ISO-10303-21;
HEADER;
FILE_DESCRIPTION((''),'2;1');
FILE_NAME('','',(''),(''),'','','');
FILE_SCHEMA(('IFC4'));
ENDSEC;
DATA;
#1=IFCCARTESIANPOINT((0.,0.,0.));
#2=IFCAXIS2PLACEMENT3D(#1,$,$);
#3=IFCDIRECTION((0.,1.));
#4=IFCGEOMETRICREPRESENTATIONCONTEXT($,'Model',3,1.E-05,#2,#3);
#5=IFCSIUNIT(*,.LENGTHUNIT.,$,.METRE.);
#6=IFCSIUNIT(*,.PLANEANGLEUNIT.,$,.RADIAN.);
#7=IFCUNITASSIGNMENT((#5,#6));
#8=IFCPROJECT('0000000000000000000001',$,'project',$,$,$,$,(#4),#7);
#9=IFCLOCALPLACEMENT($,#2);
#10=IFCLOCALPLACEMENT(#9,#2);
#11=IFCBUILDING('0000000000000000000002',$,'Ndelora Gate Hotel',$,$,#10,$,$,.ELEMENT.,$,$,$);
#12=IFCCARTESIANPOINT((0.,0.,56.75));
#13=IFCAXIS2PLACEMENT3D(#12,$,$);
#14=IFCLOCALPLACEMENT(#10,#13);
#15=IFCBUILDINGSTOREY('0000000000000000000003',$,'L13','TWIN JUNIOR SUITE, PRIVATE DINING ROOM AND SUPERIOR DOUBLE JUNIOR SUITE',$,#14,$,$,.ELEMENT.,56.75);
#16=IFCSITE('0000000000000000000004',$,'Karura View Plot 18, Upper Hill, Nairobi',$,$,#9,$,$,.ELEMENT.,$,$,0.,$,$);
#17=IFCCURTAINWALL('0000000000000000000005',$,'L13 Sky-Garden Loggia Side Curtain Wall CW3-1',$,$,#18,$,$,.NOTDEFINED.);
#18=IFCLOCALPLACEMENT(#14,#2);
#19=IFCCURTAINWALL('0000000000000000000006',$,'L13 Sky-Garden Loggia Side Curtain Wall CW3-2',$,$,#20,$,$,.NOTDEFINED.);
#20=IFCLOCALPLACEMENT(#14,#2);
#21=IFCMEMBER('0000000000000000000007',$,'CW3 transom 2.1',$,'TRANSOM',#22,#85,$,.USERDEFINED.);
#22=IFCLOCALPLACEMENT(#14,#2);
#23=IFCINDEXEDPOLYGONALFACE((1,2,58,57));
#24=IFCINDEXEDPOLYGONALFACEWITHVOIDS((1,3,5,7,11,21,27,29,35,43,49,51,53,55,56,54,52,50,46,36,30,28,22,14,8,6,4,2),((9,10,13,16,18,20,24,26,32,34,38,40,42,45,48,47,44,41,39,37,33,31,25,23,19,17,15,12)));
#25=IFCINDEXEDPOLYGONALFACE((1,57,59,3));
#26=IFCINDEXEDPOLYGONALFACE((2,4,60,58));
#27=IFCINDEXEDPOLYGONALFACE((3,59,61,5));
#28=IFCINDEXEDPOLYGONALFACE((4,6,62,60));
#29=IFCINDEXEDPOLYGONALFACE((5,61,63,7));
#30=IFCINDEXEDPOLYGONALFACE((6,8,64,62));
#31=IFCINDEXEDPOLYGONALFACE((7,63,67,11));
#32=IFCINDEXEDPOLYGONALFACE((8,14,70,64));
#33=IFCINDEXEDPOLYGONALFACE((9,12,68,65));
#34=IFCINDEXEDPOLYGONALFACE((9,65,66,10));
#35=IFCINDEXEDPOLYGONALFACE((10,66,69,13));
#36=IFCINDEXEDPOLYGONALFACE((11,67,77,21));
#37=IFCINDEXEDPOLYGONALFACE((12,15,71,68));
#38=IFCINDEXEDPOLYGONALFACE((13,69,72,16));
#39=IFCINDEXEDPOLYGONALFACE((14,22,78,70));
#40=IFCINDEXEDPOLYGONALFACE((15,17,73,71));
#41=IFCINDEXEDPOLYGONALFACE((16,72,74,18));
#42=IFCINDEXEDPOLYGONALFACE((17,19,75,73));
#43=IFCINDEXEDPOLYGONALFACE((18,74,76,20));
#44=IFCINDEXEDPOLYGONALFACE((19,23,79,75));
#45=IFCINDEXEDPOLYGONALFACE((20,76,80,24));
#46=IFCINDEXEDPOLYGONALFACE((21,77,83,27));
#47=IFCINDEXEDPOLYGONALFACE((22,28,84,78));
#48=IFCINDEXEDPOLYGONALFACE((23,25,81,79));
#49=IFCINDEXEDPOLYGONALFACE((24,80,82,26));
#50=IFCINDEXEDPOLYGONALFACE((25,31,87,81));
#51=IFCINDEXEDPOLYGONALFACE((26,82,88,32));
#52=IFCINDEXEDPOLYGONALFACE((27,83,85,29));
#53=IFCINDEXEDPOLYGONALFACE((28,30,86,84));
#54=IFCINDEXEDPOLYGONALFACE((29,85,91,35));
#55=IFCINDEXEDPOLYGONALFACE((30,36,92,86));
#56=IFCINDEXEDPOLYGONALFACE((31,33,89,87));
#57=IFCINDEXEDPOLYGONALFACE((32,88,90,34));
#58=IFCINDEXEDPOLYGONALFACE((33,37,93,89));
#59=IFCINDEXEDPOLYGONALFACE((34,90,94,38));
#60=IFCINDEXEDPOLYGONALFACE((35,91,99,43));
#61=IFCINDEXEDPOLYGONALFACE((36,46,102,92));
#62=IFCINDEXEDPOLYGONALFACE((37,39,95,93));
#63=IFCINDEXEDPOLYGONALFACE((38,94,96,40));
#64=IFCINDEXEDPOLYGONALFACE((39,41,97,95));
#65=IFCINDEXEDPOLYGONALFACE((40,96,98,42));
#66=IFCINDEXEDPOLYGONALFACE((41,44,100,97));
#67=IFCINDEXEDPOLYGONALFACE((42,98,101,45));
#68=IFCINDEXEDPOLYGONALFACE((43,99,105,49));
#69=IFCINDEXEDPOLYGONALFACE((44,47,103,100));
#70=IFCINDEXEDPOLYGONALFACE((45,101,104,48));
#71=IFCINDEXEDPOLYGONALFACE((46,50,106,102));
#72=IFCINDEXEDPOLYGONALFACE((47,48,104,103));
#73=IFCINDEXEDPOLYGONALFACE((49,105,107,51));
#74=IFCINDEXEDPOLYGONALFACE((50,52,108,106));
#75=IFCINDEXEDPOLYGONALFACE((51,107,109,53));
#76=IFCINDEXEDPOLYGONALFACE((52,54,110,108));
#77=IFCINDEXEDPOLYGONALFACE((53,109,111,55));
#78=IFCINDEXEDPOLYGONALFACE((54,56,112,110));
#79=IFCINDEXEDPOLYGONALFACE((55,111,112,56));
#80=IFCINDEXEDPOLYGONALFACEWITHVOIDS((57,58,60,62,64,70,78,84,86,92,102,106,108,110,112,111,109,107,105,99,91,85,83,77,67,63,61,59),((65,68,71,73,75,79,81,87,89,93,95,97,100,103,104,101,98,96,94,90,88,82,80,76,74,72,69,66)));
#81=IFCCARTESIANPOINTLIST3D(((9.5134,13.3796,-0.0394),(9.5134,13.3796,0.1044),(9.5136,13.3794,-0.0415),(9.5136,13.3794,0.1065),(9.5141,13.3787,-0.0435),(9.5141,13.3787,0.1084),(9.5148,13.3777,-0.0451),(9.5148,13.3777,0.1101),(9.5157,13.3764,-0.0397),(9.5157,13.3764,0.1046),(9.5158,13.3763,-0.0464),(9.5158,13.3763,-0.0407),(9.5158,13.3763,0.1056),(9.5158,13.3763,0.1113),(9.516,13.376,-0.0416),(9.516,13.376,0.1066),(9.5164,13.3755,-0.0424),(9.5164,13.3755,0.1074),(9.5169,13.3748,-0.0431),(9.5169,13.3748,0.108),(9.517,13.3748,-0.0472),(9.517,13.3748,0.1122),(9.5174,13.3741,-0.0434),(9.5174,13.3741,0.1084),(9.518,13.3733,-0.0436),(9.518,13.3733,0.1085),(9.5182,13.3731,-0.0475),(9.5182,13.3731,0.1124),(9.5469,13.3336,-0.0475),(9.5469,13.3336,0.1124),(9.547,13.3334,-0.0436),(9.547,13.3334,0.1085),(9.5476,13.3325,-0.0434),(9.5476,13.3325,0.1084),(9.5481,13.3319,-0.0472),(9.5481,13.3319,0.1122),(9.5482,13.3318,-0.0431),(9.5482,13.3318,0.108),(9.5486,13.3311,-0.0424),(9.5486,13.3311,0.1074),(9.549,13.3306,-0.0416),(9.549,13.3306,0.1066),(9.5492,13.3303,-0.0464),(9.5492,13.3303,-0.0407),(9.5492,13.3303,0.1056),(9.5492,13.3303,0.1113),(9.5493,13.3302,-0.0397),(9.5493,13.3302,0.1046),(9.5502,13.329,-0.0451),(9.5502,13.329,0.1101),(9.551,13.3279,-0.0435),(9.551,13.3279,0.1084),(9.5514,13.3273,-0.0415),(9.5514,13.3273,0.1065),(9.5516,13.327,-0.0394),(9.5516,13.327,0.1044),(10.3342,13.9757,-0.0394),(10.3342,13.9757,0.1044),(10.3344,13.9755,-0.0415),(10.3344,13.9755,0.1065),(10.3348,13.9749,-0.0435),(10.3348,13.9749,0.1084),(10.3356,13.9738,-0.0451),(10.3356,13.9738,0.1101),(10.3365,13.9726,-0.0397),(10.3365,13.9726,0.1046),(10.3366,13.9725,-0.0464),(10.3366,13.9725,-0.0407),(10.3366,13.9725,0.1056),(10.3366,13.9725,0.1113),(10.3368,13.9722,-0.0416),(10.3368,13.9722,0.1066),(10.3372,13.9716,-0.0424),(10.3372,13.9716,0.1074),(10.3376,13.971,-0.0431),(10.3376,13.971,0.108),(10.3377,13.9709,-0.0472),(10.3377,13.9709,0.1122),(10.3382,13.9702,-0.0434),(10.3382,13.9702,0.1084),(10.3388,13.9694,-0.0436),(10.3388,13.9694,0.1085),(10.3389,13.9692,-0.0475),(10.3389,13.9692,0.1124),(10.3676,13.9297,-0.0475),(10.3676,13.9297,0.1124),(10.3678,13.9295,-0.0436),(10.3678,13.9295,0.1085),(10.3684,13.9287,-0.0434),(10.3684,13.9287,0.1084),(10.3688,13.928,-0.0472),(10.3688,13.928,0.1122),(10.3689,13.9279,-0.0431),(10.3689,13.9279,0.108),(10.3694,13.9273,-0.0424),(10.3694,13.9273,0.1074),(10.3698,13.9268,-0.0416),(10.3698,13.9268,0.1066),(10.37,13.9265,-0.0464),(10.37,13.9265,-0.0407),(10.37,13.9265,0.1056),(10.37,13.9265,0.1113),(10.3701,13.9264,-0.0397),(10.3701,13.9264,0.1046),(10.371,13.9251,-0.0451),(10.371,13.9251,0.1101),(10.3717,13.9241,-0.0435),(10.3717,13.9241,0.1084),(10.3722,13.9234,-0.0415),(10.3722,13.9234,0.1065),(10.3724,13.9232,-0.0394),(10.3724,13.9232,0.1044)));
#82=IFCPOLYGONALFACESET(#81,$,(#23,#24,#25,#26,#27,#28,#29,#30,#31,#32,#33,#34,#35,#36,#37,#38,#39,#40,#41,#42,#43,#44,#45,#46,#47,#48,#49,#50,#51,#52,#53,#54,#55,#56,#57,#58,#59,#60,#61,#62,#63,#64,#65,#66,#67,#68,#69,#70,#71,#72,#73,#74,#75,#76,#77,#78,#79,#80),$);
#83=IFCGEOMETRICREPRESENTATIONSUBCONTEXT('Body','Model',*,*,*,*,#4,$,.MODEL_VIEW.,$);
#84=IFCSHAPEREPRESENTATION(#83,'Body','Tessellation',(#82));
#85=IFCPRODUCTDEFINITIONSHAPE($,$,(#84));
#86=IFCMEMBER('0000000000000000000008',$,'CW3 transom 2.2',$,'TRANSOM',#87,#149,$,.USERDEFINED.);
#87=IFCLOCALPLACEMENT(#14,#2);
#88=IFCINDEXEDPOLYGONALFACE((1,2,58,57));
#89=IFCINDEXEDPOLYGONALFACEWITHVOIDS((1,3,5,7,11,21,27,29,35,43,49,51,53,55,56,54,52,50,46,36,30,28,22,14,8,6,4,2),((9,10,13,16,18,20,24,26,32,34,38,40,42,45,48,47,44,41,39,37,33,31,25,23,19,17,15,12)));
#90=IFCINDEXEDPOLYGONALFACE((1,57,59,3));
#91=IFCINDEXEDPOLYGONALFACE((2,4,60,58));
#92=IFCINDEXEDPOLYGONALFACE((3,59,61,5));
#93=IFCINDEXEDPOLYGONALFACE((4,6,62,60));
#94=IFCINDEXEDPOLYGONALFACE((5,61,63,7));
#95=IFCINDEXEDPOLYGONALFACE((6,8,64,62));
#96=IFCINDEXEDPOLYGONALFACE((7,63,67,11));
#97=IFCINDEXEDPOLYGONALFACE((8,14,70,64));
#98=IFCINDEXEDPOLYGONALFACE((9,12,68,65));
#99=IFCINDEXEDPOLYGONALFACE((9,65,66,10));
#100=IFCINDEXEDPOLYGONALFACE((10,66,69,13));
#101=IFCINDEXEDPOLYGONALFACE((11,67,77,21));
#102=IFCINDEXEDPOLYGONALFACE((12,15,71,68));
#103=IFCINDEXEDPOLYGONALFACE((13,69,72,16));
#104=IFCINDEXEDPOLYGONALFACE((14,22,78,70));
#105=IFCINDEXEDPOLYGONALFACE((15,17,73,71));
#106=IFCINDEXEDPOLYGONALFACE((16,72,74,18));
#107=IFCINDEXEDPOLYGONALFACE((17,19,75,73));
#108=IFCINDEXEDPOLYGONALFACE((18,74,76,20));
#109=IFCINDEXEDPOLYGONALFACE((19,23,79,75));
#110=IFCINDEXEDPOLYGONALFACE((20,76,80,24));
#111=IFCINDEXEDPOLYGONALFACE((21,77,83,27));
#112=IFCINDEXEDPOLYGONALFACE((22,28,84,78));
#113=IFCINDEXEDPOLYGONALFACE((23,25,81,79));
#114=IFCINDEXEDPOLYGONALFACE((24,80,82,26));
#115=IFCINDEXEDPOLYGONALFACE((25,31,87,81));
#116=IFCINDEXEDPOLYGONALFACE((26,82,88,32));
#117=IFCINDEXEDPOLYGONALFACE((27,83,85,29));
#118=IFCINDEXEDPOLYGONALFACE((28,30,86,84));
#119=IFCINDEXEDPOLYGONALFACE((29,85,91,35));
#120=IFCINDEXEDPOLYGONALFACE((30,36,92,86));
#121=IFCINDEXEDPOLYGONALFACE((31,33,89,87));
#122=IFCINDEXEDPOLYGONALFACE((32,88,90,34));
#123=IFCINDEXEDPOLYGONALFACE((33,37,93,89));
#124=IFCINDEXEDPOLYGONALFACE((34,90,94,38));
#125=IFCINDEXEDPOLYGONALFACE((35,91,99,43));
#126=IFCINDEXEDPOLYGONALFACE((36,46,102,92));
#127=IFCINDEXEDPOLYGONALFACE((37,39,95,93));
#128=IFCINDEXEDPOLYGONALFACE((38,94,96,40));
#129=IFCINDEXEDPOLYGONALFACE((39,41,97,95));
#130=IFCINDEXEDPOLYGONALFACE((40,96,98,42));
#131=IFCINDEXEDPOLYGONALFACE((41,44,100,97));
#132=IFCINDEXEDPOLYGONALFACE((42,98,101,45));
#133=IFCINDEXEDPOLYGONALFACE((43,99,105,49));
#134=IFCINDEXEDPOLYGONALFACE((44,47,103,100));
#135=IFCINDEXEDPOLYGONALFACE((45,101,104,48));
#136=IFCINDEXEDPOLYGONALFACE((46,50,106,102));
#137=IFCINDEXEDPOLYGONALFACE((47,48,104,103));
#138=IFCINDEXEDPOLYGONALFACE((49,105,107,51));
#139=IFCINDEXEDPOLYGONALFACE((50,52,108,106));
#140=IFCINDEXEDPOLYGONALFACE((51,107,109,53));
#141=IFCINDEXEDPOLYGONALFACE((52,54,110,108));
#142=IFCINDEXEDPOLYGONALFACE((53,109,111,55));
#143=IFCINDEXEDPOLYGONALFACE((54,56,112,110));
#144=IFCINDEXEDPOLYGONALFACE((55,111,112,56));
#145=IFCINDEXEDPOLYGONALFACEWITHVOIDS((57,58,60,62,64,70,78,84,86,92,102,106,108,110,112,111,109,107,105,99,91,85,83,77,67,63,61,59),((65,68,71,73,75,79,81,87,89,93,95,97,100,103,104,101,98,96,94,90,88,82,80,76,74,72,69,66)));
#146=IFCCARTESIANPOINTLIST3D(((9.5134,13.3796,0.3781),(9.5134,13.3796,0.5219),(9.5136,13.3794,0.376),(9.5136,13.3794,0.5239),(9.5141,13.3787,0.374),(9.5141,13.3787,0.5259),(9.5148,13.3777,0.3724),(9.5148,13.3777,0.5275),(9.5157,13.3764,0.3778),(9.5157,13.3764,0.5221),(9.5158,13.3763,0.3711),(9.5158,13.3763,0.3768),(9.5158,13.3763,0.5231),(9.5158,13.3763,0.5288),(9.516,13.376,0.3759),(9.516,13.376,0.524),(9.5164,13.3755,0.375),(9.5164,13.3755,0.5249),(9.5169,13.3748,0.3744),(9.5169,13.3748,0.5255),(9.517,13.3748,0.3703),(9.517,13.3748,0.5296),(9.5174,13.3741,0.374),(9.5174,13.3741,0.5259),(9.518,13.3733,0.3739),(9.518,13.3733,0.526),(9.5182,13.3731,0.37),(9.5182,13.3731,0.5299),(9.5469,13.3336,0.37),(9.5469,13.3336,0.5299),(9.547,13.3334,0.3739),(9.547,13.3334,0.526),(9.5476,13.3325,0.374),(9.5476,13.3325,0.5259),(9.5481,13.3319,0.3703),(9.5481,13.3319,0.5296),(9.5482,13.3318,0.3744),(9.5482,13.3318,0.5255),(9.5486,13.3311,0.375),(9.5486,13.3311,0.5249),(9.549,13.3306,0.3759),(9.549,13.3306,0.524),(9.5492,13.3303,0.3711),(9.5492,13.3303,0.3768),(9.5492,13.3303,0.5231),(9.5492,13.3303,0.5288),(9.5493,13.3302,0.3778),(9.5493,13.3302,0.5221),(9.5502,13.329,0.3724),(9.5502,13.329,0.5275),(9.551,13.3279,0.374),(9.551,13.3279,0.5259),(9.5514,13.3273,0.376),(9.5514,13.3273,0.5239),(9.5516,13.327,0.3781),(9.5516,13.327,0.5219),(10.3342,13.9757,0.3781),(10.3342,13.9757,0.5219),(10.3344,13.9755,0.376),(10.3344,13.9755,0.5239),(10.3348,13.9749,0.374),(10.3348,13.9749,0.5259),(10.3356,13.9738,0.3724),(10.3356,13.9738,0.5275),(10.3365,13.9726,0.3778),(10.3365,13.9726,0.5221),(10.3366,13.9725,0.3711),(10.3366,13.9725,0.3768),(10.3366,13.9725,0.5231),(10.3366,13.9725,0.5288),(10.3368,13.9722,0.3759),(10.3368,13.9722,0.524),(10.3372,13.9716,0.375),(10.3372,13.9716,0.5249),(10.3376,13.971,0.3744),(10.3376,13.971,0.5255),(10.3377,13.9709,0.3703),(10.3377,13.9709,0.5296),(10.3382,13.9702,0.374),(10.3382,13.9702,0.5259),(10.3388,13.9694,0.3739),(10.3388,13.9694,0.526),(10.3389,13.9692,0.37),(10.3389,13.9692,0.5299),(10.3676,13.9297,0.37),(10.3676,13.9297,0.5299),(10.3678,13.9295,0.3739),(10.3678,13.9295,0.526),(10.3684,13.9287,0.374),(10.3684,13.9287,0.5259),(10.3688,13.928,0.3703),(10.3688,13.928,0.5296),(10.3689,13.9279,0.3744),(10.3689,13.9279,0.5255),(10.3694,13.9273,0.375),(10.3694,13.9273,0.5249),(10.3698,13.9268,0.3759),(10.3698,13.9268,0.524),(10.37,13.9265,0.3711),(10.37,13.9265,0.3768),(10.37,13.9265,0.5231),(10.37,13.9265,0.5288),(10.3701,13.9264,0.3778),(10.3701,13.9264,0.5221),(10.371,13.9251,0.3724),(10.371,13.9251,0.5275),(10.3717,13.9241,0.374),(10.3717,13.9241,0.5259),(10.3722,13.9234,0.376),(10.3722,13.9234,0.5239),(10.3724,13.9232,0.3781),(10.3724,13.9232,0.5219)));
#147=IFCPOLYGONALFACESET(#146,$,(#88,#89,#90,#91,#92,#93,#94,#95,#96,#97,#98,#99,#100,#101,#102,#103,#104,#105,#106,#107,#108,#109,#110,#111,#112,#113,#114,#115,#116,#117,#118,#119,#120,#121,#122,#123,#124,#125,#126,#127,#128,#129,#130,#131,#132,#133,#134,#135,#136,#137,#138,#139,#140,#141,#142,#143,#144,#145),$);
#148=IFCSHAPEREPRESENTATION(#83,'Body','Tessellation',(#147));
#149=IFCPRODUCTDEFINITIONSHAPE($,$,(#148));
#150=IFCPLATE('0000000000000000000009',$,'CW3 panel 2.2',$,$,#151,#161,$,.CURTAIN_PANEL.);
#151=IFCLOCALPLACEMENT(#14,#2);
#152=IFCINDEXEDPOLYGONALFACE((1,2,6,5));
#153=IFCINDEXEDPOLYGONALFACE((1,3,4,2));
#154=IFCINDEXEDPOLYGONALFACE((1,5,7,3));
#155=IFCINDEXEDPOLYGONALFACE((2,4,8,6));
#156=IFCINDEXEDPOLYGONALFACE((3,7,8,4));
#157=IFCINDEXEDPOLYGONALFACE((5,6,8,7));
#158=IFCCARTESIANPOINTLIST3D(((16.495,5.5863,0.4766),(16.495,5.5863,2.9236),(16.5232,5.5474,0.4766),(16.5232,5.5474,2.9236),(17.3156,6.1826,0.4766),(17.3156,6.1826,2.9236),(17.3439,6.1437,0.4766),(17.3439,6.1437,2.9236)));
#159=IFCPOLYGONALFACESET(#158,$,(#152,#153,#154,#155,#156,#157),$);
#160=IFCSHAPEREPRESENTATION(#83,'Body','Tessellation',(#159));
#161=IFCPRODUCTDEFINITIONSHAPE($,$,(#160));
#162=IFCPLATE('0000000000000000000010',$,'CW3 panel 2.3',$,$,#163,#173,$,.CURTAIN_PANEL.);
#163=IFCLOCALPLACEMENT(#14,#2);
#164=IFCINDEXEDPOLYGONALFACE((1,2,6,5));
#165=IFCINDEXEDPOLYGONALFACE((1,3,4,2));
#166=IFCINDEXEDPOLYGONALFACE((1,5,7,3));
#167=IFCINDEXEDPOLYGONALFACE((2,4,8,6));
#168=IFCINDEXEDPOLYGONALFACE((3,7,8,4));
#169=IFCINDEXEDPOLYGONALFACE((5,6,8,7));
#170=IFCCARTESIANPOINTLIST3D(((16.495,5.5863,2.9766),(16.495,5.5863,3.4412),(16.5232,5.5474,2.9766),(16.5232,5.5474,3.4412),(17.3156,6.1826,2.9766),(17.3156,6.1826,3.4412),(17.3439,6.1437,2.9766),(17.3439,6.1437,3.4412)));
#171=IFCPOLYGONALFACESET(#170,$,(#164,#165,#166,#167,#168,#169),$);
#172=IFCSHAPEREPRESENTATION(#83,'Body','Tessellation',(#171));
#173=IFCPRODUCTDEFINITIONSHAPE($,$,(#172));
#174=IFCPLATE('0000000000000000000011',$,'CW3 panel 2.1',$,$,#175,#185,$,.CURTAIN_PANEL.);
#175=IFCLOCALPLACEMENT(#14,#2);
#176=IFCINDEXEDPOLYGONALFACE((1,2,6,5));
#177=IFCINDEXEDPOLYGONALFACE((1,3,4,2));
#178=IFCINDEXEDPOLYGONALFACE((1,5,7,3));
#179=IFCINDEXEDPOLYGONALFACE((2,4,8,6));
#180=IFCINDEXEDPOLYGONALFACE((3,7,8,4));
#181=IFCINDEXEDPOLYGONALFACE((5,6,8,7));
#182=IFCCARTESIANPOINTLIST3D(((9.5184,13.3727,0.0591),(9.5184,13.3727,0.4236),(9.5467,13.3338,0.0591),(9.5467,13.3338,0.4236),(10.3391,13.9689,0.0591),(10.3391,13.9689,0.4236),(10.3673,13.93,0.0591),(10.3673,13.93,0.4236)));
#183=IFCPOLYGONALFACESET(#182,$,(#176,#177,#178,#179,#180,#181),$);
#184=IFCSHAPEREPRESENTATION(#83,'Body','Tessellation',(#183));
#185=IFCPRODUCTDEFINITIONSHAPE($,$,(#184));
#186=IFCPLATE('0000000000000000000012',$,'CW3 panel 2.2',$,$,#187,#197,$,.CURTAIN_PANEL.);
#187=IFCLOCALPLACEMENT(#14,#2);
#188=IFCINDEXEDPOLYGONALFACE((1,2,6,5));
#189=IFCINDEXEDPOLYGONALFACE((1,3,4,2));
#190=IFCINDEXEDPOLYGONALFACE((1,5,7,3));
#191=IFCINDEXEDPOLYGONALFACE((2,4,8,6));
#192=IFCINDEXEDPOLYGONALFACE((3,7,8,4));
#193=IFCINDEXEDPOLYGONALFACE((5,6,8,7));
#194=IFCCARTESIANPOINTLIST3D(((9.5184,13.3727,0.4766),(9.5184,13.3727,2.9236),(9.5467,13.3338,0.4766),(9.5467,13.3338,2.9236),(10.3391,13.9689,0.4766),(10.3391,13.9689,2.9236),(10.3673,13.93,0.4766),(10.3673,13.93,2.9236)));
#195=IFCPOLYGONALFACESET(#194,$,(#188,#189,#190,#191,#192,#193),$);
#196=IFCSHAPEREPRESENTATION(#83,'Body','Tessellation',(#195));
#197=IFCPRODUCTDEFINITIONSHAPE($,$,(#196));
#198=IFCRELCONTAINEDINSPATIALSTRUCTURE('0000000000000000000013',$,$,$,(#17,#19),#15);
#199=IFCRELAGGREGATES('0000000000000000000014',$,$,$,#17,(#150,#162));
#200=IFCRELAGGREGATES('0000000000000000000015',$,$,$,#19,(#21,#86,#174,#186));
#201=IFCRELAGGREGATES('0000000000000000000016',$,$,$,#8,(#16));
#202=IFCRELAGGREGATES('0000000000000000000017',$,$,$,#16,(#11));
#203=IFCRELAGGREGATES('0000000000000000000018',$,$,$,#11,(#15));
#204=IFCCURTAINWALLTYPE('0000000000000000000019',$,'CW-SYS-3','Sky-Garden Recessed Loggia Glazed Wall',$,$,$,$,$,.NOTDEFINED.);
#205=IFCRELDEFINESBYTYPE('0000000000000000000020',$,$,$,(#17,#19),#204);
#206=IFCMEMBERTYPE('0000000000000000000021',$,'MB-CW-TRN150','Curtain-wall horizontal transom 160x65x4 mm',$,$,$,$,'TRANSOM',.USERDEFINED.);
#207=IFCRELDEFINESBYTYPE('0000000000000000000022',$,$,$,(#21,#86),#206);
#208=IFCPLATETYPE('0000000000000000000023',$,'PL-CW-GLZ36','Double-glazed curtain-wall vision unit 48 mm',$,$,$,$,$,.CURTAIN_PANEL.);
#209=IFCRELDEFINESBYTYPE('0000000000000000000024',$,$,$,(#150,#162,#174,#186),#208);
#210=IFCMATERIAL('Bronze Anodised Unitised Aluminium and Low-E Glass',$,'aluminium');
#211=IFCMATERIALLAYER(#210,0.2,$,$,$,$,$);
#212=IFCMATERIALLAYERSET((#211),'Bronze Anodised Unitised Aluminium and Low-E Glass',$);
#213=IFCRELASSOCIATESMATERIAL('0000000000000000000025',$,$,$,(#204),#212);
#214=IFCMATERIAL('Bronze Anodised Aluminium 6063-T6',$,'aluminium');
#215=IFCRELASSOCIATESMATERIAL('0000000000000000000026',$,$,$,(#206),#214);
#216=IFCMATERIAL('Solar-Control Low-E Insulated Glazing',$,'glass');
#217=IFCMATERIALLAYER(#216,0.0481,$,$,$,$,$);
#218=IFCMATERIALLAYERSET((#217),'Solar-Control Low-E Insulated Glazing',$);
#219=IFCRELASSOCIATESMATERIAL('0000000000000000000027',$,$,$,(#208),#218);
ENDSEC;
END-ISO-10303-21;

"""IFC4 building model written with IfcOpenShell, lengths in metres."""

from ifc_helpers import new_model, si_unit, direction, frame, origin, origin_2d, place, context, subcontext, project, spatial, rectangle, hollow_rectangle, extrude, material, layer, layer_set, material_profile, profile_set, type_object, element, aggregate, save


model = new_model("IFC4")

# Units and contexts
model_context = context("Model", 3, precision=1e-05, world=origin(), true_north=direction((0.0, 1.0)))
body_context = subcontext(model_context, "Body", "Model", "MODEL_VIEW")
ifc_project = project(units=[si_unit("LENGTHUNIT", "METRE"), si_unit("PLANEANGLEUNIT", "RADIAN")], contexts=[model_context])

# Site, building, storey
site_placement = place(None, origin())
site = spatial("IfcSite", under=ifc_project, at=site_placement, Name="Karura View Plot 18, Upper Hill, Nairobi", CompositionType="ELEMENT", RefElevation=0.0)
building_placement = place(site_placement, origin())
building = spatial("IfcBuilding", under=site, at=building_placement, Name="Ndelora Gate Hotel", CompositionType="ELEMENT")
storey_placement = place(building_placement, frame((0.0, 0.0, 56.75)))
storey = spatial("IfcBuildingStorey", under=building, at=storey_placement, Name="L13", Description="TWIN JUNIOR SUITE, PRIVATE DINING ROOM AND SUPERIOR DOUBLE JUNIOR SUITE", CompositionType="ELEMENT", Elevation=56.75)

# Curtain walls
ifc_material_1 = material(Name="Bronze Anodised Unitised Aluminium and Low-E Glass", Category="aluminium")
ifc_layer_1 = layer(ifc_material_1, 0.2)
ifc_layer_set_1 = layer_set([ifc_layer_1], Name="Bronze Anodised Unitised Aluminium and Low-E Glass")
curtain_wall_type = type_object("IfcCurtainWallType", Name="CW-SYS-3", Description="Sky-Garden Recessed Loggia Glazed Wall", PredefinedType="NOTDEFINED", material=ifc_layer_set_1)
curtain_wall_1_placement = place(storey_placement, origin())
curtain_wall_1 = element("IfcCurtainWall", 1, at=curtain_wall_1_placement, inside=storey, type_object=curtain_wall_type, Name="L13 Sky-Garden Loggia Side Curtain Wall CW3-1", PredefinedType="NOTDEFINED")
ifc_material_2 = material(Name="Bronze Anodised Aluminium 6063-T6", Category="aluminium")
curtain_wall_2_placement = place(storey_placement, origin())
curtain_wall_2 = element("IfcCurtainWall", 2, at=curtain_wall_2_placement, inside=storey, type_object=curtain_wall_type, Name="L13 Sky-Garden Loggia Side Curtain Wall CW3-2", PredefinedType="NOTDEFINED")

# Members
ifc_material_profile_1 = material_profile(ifc_material_2, hollow_rectangle(XDim=0.0649, YDim=0.1599, WallThickness=0.0039, InnerFilletRadius=0.0039, OuterFilletRadius=0.0081, at=origin_2d()), Name="ALU 160x65x4")
ifc_profile_set_1 = profile_set([ifc_material_profile_1], Name="Bronze Anodised Aluminium 6063-T6")
member_type_1 = type_object("IfcMemberType", Name="MB-CW-TRN150", Description="Curtain-wall horizontal transom 160x65x4 mm", ElementType="TRANSOM", PredefinedType="USERDEFINED", material=ifc_profile_set_1)
member_1_placement = place(storey_placement, frame((10.3533, 13.9495, 0.0325), z_axis=(-0.80909, -0.587685, 0.0), x_axis=(0.587685, -0.80909, 0.0)))
member_1 = element("IfcMember", 3, at=member_1_placement, type_object=member_type_1, Name="CW3 transom 2.1", ObjectType="TRANSOM", PredefinedType="USERDEFINED", context=body_context, shape_type="SweptSolid", body=[
    extrude(hollow_rectangle(XDim=0.0649, YDim=0.1599, WallThickness=0.0039, InnerFilletRadius=0.0039, OuterFilletRadius=0.0081, at=origin_2d()), origin(), (0.0, 0.0, 1.0), 1.0144),
])
member_2_placement = place(storey_placement, frame((10.3533, 13.9495, 0.45), z_axis=(-0.80909, -0.587685, 0.0), x_axis=(0.587685, -0.80909, 0.0)))
member_2 = element("IfcMember", 4, at=member_2_placement, type_object=member_type_1, Name="CW3 transom 2.2", ObjectType="TRANSOM", PredefinedType="USERDEFINED", context=body_context, shape_type="SweptSolid", body=[
    extrude(hollow_rectangle(XDim=0.0649, YDim=0.1599, WallThickness=0.0039, InnerFilletRadius=0.0039, OuterFilletRadius=0.0081, at=origin_2d()), origin(), (0.0, 0.0, 1.0), 1.0144),
])

# Plates
ifc_material_3 = material(Name="Solar-Control Low-E Insulated Glazing", Category="glass")
ifc_layer_2 = layer(ifc_material_3, 0.0481)
ifc_layer_set_2 = layer_set([ifc_layer_2], Name="Solar-Control Low-E Insulated Glazing")
plate_type = type_object("IfcPlateType", Name="PL-CW-GLZ36", Description="Double-glazed curtain-wall vision unit 48 mm", PredefinedType="CURTAIN_PANEL", material=ifc_layer_set_2)
plate_1_placement = place(storey_placement, frame((16.9194, 5.865, 0.4766), z_axis=(0.0, 0.0, 1.0), x_axis=(0.809017, 0.587785, 0.0)))
plate_1 = element("IfcPlate", 5, at=plate_1_placement, type_object=plate_type, Name="CW3 panel 2.2", PredefinedType="CURTAIN_PANEL", context=body_context, shape_type="SweptSolid", body=[
    extrude(rectangle(XDim=1.0144, YDim=0.0481, at=origin_2d()), origin(), (0.0, 0.0, 1.0), 2.447),
])
plate_2_placement = place(storey_placement, frame((16.9194, 5.865, 2.9766), z_axis=(0.0, 0.0, 1.0), x_axis=(0.809017, 0.587785, 0.0)))
plate_2 = element("IfcPlate", 6, at=plate_2_placement, type_object=plate_type, Name="CW3 panel 2.3", PredefinedType="CURTAIN_PANEL", context=body_context, shape_type="SweptSolid", body=[
    extrude(rectangle(XDim=1.0144, YDim=0.0481, at=origin_2d()), origin(), (0.0, 0.0, 1.0), 0.4646),
])
aggregate(curtain_wall_1, [plate_1, plate_2])
plate_3_placement = place(storey_placement, frame((9.9429, 13.6514, 0.0591), z_axis=(0.0, 0.0, 1.0), x_axis=(-0.809017, -0.587785, 0.0)))
plate_3 = element("IfcPlate", 7, at=plate_3_placement, type_object=plate_type, Name="CW3 panel 2.1", PredefinedType="CURTAIN_PANEL", context=body_context, shape_type="SweptSolid", body=[
    extrude(rectangle(XDim=1.0144, YDim=0.0481, at=origin_2d()), origin(), (0.0, 0.0, 1.0), 0.3645),
])
plate_4_placement = place(storey_placement, frame((9.9429, 13.6514, 0.4766), z_axis=(0.0, 0.0, 1.0), x_axis=(-0.809017, -0.587785, 0.0)))
plate_4 = element("IfcPlate", 8, at=plate_4_placement, type_object=plate_type, Name="CW3 panel 2.2", PredefinedType="CURTAIN_PANEL", context=body_context, shape_type="SweptSolid", body=[
    extrude(rectangle(XDim=1.0144, YDim=0.0481, at=origin_2d()), origin(), (0.0, 0.0, 1.0), 2.447),
])
aggregate(curtain_wall_2, [member_1, member_2, plate_3, plate_4])

save(model, "model.ifc")
